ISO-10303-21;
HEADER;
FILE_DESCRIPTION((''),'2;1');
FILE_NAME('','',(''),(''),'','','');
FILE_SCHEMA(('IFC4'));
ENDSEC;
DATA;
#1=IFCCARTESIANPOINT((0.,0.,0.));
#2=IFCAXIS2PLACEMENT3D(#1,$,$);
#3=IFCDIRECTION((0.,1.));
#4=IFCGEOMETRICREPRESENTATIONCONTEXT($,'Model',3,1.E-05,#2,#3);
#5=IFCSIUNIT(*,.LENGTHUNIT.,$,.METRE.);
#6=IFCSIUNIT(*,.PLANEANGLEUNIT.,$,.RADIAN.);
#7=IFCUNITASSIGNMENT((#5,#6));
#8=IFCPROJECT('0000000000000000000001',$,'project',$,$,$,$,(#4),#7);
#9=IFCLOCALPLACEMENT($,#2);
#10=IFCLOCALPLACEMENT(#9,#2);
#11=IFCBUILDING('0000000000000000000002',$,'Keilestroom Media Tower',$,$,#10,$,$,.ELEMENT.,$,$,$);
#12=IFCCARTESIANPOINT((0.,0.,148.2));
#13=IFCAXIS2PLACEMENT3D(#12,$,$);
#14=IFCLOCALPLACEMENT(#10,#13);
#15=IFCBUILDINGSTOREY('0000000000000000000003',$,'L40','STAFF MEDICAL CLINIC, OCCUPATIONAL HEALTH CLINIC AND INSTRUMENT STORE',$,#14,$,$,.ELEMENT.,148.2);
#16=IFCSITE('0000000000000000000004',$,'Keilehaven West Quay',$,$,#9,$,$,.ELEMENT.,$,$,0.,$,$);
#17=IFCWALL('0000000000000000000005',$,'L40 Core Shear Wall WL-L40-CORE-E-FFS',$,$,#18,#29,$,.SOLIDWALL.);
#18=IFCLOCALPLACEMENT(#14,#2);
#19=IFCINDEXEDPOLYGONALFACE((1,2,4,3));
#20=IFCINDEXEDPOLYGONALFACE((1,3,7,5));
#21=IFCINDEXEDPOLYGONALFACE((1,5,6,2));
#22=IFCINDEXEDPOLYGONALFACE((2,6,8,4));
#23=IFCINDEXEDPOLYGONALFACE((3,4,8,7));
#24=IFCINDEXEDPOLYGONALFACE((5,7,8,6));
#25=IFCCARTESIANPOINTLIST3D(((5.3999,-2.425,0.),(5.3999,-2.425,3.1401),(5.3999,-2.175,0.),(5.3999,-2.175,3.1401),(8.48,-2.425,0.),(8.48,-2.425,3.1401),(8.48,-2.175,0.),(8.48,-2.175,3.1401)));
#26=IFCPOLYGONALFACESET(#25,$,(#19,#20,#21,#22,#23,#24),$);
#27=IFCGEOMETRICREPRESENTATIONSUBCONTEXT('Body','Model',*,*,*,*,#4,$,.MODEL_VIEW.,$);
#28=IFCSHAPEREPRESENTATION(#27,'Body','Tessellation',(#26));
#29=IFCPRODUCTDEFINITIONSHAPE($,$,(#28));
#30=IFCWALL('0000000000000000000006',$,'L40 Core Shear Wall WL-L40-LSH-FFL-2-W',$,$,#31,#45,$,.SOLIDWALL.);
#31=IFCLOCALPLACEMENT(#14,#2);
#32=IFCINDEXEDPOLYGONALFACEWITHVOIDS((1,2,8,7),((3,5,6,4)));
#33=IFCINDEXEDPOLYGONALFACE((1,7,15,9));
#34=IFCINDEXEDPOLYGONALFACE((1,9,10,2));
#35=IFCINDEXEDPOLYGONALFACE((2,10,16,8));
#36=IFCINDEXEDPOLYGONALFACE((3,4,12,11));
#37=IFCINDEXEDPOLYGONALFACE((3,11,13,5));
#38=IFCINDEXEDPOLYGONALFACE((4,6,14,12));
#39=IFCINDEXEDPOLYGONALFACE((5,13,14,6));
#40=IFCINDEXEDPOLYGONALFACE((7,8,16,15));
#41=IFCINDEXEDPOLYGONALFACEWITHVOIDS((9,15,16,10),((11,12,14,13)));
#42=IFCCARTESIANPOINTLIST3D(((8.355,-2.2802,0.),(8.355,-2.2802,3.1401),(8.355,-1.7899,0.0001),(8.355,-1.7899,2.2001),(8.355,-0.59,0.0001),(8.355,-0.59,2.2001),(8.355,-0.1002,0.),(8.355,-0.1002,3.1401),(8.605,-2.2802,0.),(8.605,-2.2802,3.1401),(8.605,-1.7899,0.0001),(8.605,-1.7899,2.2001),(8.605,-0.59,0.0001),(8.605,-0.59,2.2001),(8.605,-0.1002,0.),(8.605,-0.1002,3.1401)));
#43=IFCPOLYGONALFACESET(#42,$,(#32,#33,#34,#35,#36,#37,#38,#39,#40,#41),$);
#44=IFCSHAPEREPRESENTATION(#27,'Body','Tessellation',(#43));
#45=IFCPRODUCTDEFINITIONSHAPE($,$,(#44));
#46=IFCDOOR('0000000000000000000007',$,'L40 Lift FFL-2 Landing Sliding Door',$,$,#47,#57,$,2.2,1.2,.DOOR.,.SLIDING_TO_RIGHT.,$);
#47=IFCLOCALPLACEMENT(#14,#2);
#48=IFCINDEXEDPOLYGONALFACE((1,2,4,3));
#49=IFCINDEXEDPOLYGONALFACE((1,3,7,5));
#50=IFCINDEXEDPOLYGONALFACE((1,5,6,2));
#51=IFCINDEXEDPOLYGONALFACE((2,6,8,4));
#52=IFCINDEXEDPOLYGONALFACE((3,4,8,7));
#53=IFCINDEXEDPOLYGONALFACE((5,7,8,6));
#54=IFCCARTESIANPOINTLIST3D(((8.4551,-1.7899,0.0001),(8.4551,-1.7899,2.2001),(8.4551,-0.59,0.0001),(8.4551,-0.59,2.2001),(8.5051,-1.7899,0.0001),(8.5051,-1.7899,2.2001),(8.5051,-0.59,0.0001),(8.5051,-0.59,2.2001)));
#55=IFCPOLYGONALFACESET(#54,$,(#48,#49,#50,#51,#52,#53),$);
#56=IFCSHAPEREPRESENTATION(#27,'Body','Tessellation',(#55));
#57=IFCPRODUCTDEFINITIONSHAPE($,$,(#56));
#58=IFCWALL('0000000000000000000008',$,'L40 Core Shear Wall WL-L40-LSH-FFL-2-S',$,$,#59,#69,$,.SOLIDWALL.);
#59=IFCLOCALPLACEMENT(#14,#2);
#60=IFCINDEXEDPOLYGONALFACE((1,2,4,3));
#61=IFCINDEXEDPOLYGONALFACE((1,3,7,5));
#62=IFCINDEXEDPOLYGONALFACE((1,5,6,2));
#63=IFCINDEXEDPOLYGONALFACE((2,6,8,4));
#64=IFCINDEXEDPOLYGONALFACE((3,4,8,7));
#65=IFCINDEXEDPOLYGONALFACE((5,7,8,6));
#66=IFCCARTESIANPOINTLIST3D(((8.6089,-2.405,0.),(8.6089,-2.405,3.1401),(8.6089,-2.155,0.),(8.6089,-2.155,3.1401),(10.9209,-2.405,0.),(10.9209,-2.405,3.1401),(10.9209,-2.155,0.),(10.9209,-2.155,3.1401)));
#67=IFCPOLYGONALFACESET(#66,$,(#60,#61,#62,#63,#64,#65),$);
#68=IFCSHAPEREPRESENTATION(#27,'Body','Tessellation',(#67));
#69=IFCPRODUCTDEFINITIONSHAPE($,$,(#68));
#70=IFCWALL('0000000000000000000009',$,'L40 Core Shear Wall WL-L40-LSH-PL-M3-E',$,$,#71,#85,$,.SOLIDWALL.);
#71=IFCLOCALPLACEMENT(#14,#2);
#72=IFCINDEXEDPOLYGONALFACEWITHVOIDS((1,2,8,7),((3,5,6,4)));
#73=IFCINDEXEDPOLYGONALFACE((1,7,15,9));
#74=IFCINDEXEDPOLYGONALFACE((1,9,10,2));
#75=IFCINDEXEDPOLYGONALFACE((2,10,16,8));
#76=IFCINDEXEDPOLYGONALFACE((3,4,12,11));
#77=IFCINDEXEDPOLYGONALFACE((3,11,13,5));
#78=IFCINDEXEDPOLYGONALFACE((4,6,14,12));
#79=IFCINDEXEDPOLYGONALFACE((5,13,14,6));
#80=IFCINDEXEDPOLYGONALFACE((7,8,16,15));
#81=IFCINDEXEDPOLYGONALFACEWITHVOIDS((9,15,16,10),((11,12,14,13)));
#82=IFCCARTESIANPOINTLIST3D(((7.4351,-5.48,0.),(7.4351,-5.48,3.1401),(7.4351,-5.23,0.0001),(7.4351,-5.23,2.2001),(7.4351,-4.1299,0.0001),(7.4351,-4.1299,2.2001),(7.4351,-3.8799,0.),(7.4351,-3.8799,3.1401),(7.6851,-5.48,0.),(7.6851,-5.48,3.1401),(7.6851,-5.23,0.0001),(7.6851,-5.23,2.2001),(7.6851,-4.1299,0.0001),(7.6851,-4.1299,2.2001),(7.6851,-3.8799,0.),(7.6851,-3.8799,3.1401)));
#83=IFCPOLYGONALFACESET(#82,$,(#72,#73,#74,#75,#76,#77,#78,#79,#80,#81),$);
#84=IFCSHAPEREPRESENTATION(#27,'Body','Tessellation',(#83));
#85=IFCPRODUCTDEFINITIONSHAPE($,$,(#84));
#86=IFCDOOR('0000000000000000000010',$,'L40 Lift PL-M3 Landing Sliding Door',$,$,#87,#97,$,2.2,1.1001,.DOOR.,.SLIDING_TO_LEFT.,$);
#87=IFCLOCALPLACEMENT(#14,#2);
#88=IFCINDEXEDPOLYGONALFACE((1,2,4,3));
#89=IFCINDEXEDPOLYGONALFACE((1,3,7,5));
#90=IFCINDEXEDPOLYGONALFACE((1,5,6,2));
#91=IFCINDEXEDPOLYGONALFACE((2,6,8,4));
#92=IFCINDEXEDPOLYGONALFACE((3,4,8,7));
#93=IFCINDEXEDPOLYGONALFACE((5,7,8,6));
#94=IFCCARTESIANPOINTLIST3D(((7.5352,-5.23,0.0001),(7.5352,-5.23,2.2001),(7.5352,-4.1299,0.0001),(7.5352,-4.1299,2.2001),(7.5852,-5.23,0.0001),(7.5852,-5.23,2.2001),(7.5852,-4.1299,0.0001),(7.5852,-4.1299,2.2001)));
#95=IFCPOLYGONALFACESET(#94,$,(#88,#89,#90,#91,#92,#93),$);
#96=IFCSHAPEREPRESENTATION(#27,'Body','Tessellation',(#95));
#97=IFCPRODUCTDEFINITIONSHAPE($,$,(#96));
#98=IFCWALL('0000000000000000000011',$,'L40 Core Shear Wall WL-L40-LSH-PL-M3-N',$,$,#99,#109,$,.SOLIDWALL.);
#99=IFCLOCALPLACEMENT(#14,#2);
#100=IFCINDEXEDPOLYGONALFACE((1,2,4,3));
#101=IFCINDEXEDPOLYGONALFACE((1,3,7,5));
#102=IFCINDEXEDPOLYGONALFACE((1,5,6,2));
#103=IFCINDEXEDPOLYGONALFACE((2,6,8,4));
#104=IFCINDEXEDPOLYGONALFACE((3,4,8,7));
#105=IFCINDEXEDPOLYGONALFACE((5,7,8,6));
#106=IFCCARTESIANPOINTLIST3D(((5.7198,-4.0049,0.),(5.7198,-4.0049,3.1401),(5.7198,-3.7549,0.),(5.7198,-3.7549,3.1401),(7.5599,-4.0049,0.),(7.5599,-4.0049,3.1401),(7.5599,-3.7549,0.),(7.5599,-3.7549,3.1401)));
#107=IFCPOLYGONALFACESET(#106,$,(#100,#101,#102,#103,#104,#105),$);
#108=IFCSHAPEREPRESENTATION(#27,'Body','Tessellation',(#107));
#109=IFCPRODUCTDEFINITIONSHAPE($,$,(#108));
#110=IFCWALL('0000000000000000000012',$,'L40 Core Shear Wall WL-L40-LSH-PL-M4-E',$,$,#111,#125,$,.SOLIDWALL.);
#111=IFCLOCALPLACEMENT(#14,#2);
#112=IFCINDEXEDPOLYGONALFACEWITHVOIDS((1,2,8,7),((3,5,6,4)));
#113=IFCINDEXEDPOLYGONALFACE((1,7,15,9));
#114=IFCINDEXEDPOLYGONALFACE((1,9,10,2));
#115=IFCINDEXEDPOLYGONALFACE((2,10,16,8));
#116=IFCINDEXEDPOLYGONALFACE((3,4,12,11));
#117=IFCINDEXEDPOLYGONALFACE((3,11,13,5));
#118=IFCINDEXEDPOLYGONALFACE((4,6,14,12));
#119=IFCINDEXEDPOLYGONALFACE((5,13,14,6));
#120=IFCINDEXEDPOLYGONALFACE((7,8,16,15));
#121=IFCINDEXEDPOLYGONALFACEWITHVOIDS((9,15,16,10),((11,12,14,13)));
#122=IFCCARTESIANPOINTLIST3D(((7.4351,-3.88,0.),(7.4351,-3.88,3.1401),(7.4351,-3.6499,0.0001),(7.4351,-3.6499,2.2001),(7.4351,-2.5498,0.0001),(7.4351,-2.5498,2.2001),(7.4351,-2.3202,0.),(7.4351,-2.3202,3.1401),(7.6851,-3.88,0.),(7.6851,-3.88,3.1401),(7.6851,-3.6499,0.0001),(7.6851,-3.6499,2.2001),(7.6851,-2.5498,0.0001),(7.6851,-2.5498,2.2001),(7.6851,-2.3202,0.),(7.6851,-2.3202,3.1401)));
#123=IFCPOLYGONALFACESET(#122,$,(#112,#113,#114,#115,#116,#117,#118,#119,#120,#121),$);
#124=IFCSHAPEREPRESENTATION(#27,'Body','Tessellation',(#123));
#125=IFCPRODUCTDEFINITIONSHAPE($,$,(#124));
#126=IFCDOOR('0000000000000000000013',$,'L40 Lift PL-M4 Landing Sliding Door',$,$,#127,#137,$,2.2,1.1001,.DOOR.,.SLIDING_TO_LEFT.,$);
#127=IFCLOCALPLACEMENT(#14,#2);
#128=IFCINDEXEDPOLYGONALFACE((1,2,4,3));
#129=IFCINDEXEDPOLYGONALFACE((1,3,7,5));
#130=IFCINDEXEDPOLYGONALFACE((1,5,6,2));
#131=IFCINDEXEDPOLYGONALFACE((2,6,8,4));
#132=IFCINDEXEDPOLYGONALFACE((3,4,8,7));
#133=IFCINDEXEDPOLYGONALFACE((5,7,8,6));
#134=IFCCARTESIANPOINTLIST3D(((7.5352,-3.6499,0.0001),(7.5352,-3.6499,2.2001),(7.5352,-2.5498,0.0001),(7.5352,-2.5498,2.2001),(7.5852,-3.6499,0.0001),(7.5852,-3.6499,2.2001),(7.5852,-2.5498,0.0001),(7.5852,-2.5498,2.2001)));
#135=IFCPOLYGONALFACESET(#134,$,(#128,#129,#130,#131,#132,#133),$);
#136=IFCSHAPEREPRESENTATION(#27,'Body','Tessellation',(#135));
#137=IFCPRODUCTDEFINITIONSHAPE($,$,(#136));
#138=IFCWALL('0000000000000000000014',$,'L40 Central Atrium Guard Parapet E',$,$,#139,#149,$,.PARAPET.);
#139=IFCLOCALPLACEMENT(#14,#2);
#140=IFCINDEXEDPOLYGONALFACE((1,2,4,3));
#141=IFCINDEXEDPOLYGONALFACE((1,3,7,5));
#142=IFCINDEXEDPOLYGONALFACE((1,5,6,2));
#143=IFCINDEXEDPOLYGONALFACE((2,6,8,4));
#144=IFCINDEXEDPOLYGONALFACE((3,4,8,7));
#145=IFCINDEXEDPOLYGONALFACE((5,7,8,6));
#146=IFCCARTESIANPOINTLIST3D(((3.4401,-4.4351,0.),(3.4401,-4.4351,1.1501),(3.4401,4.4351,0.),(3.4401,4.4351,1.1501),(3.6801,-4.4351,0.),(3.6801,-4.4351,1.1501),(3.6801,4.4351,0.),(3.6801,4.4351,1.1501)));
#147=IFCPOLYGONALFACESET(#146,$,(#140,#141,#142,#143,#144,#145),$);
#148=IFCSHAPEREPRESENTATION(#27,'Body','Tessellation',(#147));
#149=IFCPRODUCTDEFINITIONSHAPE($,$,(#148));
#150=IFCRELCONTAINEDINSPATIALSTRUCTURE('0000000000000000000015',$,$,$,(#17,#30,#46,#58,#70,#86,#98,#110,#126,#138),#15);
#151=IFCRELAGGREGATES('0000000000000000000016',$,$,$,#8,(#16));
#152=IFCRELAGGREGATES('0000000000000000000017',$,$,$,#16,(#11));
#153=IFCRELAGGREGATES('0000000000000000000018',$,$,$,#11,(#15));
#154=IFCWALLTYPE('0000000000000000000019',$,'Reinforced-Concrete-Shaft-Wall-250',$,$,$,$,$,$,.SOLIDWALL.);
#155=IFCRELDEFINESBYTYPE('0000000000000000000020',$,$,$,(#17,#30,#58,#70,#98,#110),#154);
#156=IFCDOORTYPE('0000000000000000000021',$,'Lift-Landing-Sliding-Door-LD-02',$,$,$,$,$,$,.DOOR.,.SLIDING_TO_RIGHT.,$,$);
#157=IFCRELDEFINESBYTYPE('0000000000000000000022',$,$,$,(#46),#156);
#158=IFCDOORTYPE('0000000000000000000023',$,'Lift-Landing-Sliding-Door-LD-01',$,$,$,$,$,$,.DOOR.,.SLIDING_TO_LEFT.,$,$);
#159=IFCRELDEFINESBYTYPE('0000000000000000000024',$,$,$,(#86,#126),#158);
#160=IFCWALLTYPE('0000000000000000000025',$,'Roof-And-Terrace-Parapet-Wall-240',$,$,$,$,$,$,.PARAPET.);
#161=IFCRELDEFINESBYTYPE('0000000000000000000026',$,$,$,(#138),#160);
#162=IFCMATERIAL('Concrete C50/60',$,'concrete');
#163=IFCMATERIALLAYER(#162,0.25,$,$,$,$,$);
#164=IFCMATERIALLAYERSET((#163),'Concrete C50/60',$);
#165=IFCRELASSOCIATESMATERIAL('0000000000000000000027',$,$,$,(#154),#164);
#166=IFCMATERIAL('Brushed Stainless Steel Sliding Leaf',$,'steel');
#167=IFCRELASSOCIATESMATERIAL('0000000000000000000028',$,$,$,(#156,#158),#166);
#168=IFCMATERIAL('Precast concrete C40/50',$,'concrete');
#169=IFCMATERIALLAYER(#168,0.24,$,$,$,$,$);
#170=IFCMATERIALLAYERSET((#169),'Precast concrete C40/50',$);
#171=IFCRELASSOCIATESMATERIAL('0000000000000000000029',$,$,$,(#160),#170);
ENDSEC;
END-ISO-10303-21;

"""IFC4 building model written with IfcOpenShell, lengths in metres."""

from ifc_helpers import new_model, si_unit, direction, frame, frame_2d, origin, place, context, subcontext, project, spatial, rectangle, extrude, source, transform, mapped, material, layer, layer_set, type_object, element, fill, save


model = new_model("IFC4")

# Units and contexts
model_context = context("Model", 3, precision=1e-05, world=origin(), true_north=direction((0.0, 1.0)))
body_context = subcontext(model_context, "Body", "Model", "MODEL_VIEW")
ifc_project = project(units=[si_unit("LENGTHUNIT", "METRE"), si_unit("PLANEANGLEUNIT", "RADIAN")], contexts=[model_context])

# Site, building, storey
site_placement = place(None, origin())
site = spatial("IfcSite", under=ifc_project, at=site_placement, Name="Keilehaven West Quay", CompositionType="ELEMENT", RefElevation=0.0)
building_placement = place(site_placement, origin())
building = spatial("IfcBuilding", under=site, at=building_placement, Name="Keilestroom Media Tower", CompositionType="ELEMENT")
storey_placement = place(building_placement, frame((0.0, 0.0, 148.2)))
storey = spatial("IfcBuildingStorey", under=building, at=storey_placement, Name="L40", Description="STAFF MEDICAL CLINIC, OCCUPATIONAL HEALTH CLINIC AND INSTRUMENT STORE", CompositionType="ELEMENT", Elevation=148.2)

# Shared definitions
shared_shape_1 = source(origin(), body_context, "Body", "SweptSolid", [
    extrude(rectangle(XDim=1.2, YDim=2.2, at=frame_2d((0.6001, 1.1001))), frame((0.0, 0.0249, 0.0), z_axis=(0.0, -1.0, 0.0), x_axis=(1.0, 0.0, 0.0)), (0.0, 0.0, 1.0), 0.05),
])

# Wall
ifc_material_1 = material(Name="Concrete C50/60", Category="concrete")
ifc_layer_1 = layer(ifc_material_1, 0.25)
ifc_layer_set_1 = layer_set([ifc_layer_1], Name="Concrete C50/60")
wall_type_1 = type_object("IfcWallType", Name="Reinforced-Concrete-Shaft-Wall-250", PredefinedType="SOLIDWALL", material=ifc_layer_set_1)
wall_1_placement = place(storey_placement, frame((5.3999, -2.3, 0.0), z_axis=(0.0, 0.0, 1.0), x_axis=(1.0, 0.0, 0.0)))
element("IfcWall", 1, at=wall_1_placement, inside=storey, type_object=wall_type_1, Name="L40 Core Shear Wall WL-L40-CORE-E-FFS", PredefinedType="SOLIDWALL", context=body_context, shape_type="SweptSolid", body=[
    extrude(rectangle(XDim=3.0801, YDim=0.25, at=frame_2d((1.54, 0.0))), origin(), (0.0, 0.0, 1.0), 3.1401),
])

# Wall, opening, door
wall_2_placement = place(storey_placement, frame((8.48, -2.28, 0.0), z_axis=(0.0, 0.0, 1.0), x_axis=(0.0, 1.0, 0.0)))
wall_2 = element("IfcWall", 2, at=wall_2_placement, inside=storey, type_object=wall_type_1, Name="L40 Core Shear Wall WL-L40-LSH-FFL-2-W", PredefinedType="SOLIDWALL", context=body_context, shape_type="SweptSolid", body=[
    extrude(rectangle(XDim=2.1799, YDim=0.25, at=frame_2d((1.0898, 0.0))), origin(), (0.0, 0.0, 1.0), 3.1401),
])
opening_1_placement = place(wall_2_placement, frame((0.49, 0.0, 0.0)))
opening_1 = element("IfcOpeningElement", 3, at=opening_1_placement, cuts=wall_2, PredefinedType="OPENING", context=body_context, shape_type="SweptSolid", body=[
    extrude(rectangle(XDim=1.2, YDim=2.2, at=frame_2d((0.6001, 1.1001))), frame((0.0, 0.135, 0.0), z_axis=(0.0, -1.0, 0.0), x_axis=(1.0, 0.0, 0.0)), (0.0, 0.0, 1.0), 0.27),
])
ifc_material_2 = material(Name="Brushed Stainless Steel Sliding Leaf", Category="steel")
door_type_1 = type_object("IfcDoorType", Name="Lift-Landing-Sliding-Door-LD-02", OperationType="SLIDING_TO_RIGHT", PredefinedType="DOOR", material=ifc_material_2)
door_1_placement = place(opening_1_placement, origin())
door_1 = element("IfcDoor", 4, at=door_1_placement, inside=storey, type_object=door_type_1, Name="L40 Lift FFL-2 Landing Sliding Door", OperationType="SLIDING_TO_RIGHT", OverallHeight=2.2, OverallWidth=1.2, PredefinedType="DOOR", context=body_context, shape_type="MappedRepresentation", body=[
    mapped(shared_shape_1, transform((0.0, 0.0, 0.0), x_axis=(1.0, 0.0, 0.0), y_axis=(0.0, 1.0, 0.0), z_axis=(0.0, 0.0, 1.0), scale=1.0)),
])
fill(opening_1, door_1)

# Wall
wall_3_placement = place(storey_placement, frame((8.6089, -2.28, 0.0), z_axis=(0.0, 0.0, 1.0), x_axis=(1.0, 0.0, 0.0)))
element("IfcWall", 5, at=wall_3_placement, inside=storey, type_object=wall_type_1, Name="L40 Core Shear Wall WL-L40-LSH-FFL-2-S", PredefinedType="SOLIDWALL", context=body_context, shape_type="SweptSolid", body=[
    extrude(rectangle(XDim=2.312, YDim=0.25, at=frame_2d((1.156, 0.0))), origin(), (0.0, 0.0, 1.0), 3.1401),
])

# Wall, opening, door
wall_4_placement = place(storey_placement, frame((7.5601, -5.48, 0.0), z_axis=(0.0, 0.0, 1.0), x_axis=(0.0, 1.0, 0.0)))
wall_4 = element("IfcWall", 6, at=wall_4_placement, inside=storey, type_object=wall_type_1, Name="L40 Core Shear Wall WL-L40-LSH-PL-M3-E", PredefinedType="SOLIDWALL", context=body_context, shape_type="SweptSolid", body=[
    extrude(rectangle(XDim=1.6001, YDim=0.25, at=frame_2d((0.8, 0.0))), origin(), (0.0, 0.0, 1.0), 3.1401),
])
opening_2_placement = place(wall_4_placement, frame((0.25, 0.0, 0.0)))
opening_2 = element("IfcOpeningElement", 7, at=opening_2_placement, cuts=wall_4, PredefinedType="OPENING", context=body_context, shape_type="SweptSolid", body=[
    extrude(rectangle(XDim=1.1001, YDim=2.2, at=frame_2d((0.55, 1.1001))), frame((0.0, 0.135, 0.0), z_axis=(0.0, -1.0, 0.0), x_axis=(1.0, 0.0, 0.0)), (0.0, 0.0, 1.0), 0.27),
])
door_type_2 = type_object("IfcDoorType", Name="Lift-Landing-Sliding-Door-LD-01", OperationType="SLIDING_TO_LEFT", PredefinedType="DOOR", material=ifc_material_2)
shared_shape_2 = source(origin(), body_context, "Body", "SweptSolid", [
    extrude(rectangle(XDim=1.1001, YDim=2.2, at=frame_2d((0.55, 1.1001))), frame((0.0, 0.0249, 0.0), z_axis=(0.0, -1.0, 0.0), x_axis=(1.0, 0.0, 0.0)), (0.0, 0.0, 1.0), 0.05),
])
door_2_placement = place(opening_2_placement, origin())
door_2 = element("IfcDoor", 8, at=door_2_placement, inside=storey, type_object=door_type_2, Name="L40 Lift PL-M3 Landing Sliding Door", OperationType="SLIDING_TO_LEFT", OverallHeight=2.2, OverallWidth=1.1001, PredefinedType="DOOR", context=body_context, shape_type="MappedRepresentation", body=[
    mapped(shared_shape_2, transform((0.0, 0.0, 0.0), x_axis=(1.0, 0.0, 0.0), y_axis=(0.0, 1.0, 0.0), z_axis=(0.0, 0.0, 1.0), scale=1.0)),
])
fill(opening_2, door_2)

# Wall
wall_5_placement = place(storey_placement, frame((5.72, -3.8799, 0.0), z_axis=(0.0, 0.0, 1.0), x_axis=(1.0, 0.0, 0.0)))
element("IfcWall", 9, at=wall_5_placement, inside=storey, type_object=wall_type_1, Name="L40 Core Shear Wall WL-L40-LSH-PL-M3-N", PredefinedType="SOLIDWALL", context=body_context, shape_type="SweptSolid", body=[
    extrude(rectangle(XDim=1.8401, YDim=0.25, at=frame_2d((0.9199, 0.0))), origin(), (0.0, 0.0, 1.0), 3.1401),
])

# Wall, opening, door
wall_6_placement = place(storey_placement, frame((7.5601, -3.8799, 0.0), z_axis=(0.0, 0.0, 1.0), x_axis=(0.0, 1.0, 0.0)))
wall_6 = element("IfcWall", 10, at=wall_6_placement, inside=storey, type_object=wall_type_1, Name="L40 Core Shear Wall WL-L40-LSH-PL-M4-E", PredefinedType="SOLIDWALL", context=body_context, shape_type="SweptSolid", body=[
    extrude(rectangle(XDim=1.5598, YDim=0.25, at=frame_2d((0.7798, 0.0))), origin(), (0.0, 0.0, 1.0), 3.1401),
])
opening_3_placement = place(wall_6_placement, frame((0.23, 0.0, 0.0)))
opening_3 = element("IfcOpeningElement", 11, at=opening_3_placement, cuts=wall_6, PredefinedType="OPENING", context=body_context, shape_type="SweptSolid", body=[
    extrude(rectangle(XDim=1.1001, YDim=2.2, at=frame_2d((0.55, 1.1001))), frame((0.0, 0.135, 0.0), z_axis=(0.0, -1.0, 0.0), x_axis=(1.0, 0.0, 0.0)), (0.0, 0.0, 1.0), 0.27),
])
door_3_placement = place(opening_3_placement, origin())
door_3 = element("IfcDoor", 12, at=door_3_placement, inside=storey, type_object=door_type_2, Name="L40 Lift PL-M4 Landing Sliding Door", OperationType="SLIDING_TO_LEFT", OverallHeight=2.2, OverallWidth=1.1001, PredefinedType="DOOR", context=body_context, shape_type="MappedRepresentation", body=[
    mapped(shared_shape_2, transform((0.0, 0.0, 0.0), x_axis=(1.0, 0.0, 0.0), y_axis=(0.0, 1.0, 0.0), z_axis=(0.0, 0.0, 1.0), scale=1.0)),
])
fill(opening_3, door_3)

# Wall
ifc_material_3 = material(Name="Precast concrete C40/50", Category="concrete")
ifc_layer_2 = layer(ifc_material_3, 0.24)
ifc_layer_set_2 = layer_set([ifc_layer_2], Name="Precast concrete C40/50")
wall_type_2 = type_object("IfcWallType", Name="Roof-And-Terrace-Parapet-Wall-240", PredefinedType="PARAPET", material=ifc_layer_set_2)
wall_7_placement = place(storey_placement, frame((3.5601, -4.4351, 0.0), z_axis=(0.0, 0.0, 1.0), x_axis=(0.0, 1.0, 0.0)))
element("IfcWall", 13, at=wall_7_placement, inside=storey, type_object=wall_type_2, Name="L40 Central Atrium Guard Parapet E", PredefinedType="PARAPET", context=body_context, shape_type="SweptSolid", body=[
    extrude(rectangle(XDim=8.8701, YDim=0.24, at=frame_2d((4.4351, 0.0))), origin(), (0.0, 0.0, 1.0), 1.1501),
])

save(model, "model.ifc")
